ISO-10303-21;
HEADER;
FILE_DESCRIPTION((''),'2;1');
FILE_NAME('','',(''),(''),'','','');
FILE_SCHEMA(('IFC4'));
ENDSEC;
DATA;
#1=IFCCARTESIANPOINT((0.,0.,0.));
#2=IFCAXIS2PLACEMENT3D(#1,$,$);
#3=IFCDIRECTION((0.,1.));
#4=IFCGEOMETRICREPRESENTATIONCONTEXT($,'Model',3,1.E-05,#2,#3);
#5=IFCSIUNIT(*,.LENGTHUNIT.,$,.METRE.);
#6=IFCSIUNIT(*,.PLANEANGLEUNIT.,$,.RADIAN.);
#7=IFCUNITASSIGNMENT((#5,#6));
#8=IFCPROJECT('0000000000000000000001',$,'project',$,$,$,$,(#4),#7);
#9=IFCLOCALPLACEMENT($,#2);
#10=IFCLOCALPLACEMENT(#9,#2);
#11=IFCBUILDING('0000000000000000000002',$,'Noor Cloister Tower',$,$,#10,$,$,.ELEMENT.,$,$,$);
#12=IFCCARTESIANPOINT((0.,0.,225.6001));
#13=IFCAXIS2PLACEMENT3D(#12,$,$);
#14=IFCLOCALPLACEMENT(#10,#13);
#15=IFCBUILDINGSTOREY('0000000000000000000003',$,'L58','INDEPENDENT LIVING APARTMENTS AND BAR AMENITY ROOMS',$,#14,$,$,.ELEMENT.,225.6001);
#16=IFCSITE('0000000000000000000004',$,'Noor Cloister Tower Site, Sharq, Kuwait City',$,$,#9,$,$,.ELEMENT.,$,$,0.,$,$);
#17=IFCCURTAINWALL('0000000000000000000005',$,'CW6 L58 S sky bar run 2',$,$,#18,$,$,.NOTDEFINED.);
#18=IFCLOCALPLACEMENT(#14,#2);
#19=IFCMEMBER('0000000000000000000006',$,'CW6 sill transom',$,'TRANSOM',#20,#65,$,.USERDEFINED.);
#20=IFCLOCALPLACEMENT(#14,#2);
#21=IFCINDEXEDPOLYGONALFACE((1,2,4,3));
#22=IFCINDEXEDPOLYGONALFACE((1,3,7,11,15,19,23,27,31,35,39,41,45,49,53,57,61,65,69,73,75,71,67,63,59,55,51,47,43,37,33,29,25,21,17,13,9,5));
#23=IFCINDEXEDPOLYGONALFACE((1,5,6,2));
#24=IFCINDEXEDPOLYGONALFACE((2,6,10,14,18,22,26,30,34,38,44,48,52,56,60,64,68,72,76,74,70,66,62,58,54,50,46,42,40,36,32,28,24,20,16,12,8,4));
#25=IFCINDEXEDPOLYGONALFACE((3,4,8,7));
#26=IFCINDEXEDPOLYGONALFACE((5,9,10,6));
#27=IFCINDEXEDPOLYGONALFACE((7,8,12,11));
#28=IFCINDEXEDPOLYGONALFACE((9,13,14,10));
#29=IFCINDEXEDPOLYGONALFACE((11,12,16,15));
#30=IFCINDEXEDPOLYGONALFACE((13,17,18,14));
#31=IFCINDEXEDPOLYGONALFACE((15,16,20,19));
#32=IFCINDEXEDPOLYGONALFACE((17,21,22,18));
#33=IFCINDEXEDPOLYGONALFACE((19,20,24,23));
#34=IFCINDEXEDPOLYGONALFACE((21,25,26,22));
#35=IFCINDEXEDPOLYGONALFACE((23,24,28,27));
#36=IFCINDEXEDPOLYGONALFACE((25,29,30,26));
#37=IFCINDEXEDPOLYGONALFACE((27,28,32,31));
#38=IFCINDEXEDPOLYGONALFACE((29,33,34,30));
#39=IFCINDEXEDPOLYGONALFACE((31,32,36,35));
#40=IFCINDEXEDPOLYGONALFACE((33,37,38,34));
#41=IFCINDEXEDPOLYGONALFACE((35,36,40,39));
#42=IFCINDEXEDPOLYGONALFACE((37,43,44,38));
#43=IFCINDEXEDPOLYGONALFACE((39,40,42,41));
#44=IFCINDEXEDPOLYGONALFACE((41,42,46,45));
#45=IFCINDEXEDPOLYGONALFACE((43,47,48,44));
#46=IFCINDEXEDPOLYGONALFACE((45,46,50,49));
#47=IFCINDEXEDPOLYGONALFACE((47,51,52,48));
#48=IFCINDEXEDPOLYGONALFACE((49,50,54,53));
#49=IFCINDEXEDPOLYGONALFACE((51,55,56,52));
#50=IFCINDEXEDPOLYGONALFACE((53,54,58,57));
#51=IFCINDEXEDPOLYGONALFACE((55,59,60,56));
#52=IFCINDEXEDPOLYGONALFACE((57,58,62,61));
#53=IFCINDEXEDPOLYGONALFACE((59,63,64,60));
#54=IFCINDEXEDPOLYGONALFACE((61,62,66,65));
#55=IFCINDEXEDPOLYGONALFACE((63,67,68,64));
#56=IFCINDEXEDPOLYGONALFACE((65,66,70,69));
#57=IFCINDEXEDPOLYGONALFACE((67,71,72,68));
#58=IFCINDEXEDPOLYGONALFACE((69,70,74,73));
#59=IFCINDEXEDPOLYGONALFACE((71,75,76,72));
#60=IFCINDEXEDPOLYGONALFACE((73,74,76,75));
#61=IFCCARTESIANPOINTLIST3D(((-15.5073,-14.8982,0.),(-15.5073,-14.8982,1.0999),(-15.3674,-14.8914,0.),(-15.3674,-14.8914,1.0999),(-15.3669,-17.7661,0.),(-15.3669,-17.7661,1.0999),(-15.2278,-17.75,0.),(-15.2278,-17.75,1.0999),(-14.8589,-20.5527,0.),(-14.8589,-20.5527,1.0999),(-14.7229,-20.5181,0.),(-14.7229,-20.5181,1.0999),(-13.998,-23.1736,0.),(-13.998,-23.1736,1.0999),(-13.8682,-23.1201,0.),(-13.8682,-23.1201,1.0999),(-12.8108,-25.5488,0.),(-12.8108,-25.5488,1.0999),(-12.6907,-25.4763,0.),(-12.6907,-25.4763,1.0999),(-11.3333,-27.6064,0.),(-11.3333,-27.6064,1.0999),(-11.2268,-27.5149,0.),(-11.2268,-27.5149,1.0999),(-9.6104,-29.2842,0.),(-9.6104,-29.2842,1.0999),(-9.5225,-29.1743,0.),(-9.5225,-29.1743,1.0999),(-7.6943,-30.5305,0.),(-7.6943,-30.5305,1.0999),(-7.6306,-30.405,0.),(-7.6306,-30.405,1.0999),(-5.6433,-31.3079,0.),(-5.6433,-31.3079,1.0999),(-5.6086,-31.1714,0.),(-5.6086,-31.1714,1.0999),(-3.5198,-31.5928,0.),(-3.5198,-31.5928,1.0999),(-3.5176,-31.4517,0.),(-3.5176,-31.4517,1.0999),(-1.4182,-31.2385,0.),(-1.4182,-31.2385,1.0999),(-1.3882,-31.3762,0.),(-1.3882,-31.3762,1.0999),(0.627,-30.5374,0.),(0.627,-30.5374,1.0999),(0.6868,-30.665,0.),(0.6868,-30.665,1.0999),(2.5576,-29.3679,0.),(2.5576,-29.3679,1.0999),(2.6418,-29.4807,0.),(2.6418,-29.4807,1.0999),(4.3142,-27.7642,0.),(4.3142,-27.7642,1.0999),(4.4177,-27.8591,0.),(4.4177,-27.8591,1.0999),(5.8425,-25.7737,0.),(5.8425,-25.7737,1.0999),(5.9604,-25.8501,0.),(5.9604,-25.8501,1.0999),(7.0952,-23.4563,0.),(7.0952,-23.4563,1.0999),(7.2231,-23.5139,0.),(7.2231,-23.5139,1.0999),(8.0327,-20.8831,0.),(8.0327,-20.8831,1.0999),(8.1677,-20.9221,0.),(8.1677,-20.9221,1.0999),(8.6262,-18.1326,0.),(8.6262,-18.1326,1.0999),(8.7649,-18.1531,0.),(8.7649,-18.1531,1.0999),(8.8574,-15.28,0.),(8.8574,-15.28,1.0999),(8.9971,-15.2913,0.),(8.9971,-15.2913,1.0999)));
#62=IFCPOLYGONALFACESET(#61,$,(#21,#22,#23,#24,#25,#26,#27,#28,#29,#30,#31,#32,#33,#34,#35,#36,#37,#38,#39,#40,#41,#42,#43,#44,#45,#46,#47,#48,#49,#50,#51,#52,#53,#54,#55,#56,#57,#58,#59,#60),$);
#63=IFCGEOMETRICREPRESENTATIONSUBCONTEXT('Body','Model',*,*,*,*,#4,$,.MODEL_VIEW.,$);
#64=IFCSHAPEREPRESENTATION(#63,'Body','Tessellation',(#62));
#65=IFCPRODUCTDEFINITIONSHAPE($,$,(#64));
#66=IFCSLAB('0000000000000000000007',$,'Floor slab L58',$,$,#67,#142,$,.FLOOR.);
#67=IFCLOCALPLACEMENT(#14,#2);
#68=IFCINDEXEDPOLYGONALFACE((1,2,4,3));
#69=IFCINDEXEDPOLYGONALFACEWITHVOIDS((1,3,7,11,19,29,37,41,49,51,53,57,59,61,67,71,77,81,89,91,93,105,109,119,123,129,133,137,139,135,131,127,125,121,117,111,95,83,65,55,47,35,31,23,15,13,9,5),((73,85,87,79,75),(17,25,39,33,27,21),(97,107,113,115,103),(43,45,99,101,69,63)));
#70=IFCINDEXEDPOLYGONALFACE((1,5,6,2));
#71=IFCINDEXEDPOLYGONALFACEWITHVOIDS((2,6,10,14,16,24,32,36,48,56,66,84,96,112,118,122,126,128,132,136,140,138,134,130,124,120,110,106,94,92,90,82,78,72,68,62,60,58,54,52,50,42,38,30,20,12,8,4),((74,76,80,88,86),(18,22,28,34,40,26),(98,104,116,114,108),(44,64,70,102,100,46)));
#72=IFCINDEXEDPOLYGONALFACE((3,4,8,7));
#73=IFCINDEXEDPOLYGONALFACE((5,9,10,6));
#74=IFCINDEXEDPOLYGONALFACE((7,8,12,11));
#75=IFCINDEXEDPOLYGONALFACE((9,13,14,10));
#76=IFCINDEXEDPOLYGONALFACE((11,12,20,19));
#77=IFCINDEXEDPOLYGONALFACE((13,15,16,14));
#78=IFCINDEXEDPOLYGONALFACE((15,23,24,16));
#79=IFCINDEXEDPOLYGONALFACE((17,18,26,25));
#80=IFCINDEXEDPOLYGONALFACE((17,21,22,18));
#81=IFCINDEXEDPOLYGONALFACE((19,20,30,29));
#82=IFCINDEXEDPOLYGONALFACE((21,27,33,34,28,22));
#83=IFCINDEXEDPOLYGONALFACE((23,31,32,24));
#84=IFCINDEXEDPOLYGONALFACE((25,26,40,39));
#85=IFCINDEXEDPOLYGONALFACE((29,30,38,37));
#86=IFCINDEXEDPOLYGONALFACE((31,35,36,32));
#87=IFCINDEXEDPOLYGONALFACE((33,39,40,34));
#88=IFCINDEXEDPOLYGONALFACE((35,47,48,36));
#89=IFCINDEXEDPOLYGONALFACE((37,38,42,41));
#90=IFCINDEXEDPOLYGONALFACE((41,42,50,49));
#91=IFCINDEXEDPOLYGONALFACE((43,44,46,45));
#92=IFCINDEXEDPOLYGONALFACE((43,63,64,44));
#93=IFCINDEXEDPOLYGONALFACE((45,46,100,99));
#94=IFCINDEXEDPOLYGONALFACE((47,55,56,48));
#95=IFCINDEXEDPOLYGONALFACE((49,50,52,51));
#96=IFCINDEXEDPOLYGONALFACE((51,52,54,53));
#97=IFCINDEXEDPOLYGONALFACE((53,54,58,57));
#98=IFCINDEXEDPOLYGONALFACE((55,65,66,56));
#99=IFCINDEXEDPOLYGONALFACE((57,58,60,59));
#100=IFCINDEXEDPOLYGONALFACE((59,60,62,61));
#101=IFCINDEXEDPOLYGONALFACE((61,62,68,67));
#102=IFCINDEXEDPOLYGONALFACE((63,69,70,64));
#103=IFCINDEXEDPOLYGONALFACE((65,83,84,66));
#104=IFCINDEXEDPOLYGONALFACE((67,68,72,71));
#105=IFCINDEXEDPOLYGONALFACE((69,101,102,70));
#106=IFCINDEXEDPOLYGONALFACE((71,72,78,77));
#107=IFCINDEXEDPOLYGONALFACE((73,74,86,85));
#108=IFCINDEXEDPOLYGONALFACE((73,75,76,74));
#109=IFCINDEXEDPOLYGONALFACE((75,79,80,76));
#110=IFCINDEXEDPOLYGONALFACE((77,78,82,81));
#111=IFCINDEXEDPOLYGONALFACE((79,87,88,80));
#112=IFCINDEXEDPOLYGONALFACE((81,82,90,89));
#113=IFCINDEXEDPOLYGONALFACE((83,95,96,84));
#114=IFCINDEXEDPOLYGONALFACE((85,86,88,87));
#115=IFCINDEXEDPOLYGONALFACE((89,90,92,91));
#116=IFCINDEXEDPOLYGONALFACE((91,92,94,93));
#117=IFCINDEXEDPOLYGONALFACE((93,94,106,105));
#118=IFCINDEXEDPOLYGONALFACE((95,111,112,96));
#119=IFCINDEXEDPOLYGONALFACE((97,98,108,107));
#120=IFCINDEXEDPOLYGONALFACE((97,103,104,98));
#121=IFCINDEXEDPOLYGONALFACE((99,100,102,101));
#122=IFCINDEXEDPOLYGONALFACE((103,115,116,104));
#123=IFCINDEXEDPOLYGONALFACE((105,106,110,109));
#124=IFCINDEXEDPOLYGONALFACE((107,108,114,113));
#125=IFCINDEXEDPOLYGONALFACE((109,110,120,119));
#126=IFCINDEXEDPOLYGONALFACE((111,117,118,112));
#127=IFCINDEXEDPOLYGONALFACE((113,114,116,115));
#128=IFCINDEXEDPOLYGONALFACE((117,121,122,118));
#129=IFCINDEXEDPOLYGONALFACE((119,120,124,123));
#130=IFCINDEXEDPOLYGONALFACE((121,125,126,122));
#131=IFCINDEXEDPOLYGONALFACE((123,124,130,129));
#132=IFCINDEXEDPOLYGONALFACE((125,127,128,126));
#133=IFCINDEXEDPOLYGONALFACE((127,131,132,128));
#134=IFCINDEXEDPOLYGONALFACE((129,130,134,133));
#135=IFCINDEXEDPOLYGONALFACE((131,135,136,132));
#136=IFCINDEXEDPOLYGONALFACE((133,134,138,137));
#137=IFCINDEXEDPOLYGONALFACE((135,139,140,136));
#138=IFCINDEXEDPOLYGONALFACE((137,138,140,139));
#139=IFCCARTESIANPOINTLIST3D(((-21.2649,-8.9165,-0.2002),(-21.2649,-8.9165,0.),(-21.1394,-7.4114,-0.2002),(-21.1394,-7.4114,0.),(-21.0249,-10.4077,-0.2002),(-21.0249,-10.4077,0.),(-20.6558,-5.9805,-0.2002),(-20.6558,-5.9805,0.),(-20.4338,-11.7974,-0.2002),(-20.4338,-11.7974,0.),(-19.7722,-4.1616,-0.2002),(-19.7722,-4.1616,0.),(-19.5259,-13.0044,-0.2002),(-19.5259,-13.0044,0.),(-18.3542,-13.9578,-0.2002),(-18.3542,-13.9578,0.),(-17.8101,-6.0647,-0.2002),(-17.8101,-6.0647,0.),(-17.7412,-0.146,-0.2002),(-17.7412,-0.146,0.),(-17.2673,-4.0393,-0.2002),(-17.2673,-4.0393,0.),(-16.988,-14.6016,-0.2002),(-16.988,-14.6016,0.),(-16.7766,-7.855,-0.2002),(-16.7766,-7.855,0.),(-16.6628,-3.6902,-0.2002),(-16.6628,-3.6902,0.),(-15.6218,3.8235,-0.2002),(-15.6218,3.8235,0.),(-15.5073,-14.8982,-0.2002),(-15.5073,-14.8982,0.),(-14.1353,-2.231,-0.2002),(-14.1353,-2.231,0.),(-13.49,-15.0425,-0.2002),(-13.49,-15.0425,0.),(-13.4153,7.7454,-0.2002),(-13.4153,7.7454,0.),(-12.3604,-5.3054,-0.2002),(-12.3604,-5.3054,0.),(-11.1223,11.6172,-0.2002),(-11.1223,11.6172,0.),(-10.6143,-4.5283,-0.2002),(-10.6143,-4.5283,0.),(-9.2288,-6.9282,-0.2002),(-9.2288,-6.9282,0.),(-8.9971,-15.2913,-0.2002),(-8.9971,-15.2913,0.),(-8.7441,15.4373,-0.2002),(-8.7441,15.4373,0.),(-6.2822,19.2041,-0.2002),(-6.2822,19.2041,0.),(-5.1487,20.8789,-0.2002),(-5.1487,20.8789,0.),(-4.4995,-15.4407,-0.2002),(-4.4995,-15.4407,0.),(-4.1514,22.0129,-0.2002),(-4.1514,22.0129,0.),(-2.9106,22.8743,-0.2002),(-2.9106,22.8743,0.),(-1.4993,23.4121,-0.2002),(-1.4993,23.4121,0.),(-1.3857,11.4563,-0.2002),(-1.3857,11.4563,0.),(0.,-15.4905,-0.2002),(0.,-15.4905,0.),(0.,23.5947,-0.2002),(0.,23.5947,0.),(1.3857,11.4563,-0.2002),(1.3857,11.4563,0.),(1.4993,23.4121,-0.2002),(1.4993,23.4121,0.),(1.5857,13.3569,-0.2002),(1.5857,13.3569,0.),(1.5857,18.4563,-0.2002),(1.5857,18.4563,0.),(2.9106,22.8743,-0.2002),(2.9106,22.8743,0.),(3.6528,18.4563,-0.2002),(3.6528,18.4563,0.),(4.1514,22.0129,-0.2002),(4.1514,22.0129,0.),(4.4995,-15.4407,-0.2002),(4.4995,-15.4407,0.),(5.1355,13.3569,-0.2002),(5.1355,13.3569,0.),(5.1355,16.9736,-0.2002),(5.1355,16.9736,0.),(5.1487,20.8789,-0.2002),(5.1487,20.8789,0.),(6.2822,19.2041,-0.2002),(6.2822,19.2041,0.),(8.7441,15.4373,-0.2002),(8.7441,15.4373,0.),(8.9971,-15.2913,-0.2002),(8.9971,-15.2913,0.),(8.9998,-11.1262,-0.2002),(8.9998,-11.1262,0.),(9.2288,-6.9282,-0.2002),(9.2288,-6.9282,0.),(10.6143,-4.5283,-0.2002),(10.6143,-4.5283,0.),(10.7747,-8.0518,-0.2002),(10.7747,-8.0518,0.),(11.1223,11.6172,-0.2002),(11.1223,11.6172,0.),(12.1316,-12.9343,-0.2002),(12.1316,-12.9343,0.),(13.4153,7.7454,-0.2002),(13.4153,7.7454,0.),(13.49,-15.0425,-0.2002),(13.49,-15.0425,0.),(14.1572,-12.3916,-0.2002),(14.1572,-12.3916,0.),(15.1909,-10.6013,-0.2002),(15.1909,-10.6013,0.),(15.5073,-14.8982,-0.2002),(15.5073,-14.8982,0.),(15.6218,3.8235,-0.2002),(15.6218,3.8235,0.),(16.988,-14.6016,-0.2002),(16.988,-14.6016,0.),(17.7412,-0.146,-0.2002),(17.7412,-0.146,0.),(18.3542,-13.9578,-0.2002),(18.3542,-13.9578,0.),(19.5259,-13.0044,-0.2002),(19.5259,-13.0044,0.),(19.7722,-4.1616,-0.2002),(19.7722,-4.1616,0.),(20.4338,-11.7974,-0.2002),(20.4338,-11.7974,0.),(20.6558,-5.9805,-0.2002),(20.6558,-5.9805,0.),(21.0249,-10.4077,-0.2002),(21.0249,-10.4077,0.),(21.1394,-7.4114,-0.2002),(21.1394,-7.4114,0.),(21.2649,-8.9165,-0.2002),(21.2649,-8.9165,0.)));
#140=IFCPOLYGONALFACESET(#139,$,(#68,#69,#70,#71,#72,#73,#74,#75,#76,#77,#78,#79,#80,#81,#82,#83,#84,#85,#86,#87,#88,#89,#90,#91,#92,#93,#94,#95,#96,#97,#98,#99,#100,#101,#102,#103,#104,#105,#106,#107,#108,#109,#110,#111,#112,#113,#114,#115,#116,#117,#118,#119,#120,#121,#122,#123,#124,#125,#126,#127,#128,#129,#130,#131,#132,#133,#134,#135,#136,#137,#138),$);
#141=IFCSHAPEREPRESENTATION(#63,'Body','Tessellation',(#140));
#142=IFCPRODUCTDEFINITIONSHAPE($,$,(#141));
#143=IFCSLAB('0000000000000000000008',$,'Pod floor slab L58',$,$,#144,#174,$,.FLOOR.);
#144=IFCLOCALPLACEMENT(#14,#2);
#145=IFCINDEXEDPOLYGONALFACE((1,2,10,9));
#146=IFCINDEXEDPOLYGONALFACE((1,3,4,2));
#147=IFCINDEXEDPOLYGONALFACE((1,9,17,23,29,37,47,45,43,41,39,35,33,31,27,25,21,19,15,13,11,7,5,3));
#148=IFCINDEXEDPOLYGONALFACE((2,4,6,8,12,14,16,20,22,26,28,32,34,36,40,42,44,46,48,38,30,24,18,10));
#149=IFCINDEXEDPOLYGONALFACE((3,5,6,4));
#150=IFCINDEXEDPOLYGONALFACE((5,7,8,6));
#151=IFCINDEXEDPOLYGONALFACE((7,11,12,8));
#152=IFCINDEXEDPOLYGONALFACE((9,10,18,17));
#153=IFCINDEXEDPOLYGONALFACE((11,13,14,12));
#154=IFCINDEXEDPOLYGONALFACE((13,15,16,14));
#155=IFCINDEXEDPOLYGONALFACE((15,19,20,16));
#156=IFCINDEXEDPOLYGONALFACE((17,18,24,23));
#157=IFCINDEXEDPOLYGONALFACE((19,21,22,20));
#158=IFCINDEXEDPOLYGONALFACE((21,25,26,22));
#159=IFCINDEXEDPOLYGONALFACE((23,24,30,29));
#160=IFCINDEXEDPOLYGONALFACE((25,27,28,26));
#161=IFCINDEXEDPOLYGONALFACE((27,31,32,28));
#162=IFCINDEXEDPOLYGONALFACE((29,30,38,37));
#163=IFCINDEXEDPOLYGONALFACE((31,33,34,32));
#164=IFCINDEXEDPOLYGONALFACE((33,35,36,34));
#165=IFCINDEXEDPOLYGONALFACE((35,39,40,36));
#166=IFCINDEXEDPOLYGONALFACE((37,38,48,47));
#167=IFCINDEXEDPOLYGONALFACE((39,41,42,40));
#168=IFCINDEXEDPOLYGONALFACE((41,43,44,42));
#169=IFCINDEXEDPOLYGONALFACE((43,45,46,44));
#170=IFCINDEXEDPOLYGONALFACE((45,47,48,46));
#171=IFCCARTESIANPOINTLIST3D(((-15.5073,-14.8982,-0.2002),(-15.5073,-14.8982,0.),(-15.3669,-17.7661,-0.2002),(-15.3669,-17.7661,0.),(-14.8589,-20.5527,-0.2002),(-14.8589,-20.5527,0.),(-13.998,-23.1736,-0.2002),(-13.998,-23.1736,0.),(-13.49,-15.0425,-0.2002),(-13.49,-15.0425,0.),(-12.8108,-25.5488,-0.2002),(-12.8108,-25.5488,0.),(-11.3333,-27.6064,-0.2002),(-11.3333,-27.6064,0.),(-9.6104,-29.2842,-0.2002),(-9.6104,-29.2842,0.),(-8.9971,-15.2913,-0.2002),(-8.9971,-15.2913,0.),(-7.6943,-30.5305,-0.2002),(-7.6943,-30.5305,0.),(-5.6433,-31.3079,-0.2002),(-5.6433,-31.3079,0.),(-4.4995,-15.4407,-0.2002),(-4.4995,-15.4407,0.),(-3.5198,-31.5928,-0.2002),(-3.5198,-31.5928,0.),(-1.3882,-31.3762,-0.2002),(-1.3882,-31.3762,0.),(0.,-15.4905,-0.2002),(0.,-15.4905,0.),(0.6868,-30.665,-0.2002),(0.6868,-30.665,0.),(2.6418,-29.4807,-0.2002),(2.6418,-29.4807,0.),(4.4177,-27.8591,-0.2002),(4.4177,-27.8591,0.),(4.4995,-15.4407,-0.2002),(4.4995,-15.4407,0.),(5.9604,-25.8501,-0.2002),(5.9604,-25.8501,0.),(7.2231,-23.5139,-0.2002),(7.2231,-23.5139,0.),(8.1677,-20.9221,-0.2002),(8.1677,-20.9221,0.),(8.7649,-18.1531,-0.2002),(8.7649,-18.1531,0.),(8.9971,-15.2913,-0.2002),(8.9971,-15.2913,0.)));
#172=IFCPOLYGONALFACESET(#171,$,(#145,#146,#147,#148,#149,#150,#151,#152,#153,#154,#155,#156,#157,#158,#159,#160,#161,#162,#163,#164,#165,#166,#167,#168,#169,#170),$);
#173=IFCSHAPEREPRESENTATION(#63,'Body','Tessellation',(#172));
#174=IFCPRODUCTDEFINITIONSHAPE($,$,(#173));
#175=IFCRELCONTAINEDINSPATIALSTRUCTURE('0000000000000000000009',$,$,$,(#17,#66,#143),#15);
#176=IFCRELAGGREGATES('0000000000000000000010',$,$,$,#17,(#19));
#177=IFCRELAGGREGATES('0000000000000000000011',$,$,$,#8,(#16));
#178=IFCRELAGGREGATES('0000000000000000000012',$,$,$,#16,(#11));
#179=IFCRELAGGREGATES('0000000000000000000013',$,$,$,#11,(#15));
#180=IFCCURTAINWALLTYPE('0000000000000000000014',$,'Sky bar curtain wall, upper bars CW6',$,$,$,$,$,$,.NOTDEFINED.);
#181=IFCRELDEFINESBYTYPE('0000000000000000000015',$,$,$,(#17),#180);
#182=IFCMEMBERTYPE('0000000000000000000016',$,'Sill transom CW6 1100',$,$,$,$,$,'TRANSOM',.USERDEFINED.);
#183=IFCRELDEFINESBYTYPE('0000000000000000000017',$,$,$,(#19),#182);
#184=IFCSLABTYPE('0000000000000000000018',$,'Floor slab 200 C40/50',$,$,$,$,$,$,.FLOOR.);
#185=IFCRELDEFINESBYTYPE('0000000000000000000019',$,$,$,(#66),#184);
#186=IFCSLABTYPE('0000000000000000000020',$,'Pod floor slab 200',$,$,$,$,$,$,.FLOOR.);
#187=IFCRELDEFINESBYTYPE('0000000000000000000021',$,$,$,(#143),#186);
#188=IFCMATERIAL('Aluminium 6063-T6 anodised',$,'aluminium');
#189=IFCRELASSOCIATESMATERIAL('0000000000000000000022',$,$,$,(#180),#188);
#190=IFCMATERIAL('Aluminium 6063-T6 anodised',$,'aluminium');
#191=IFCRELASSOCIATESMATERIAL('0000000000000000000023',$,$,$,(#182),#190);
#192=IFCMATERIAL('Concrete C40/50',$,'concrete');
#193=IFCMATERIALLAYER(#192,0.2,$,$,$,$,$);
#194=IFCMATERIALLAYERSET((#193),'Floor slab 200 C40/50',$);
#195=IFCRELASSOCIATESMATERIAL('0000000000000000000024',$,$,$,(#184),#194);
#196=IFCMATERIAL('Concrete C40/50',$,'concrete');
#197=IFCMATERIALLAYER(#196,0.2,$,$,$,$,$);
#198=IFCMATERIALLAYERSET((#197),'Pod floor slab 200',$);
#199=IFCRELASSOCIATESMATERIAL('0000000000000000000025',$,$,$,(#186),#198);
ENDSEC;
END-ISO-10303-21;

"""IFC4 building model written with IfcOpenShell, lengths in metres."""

from ifc_helpers import new_model, si_unit, direction, frame, origin, place, context, subcontext, project, spatial, polyline, outline, extrude, material, layer, layer_set, type_object, element, aggregate, save


model = new_model("IFC4")

# Units and contexts
model_context = context("Model", 3, precision=1e-05, world=origin(), true_north=direction((0.0, 1.0)))
body_context = subcontext(model_context, "Body", "Model", "MODEL_VIEW")
ifc_project = project(units=[si_unit("LENGTHUNIT", "METRE"), si_unit("PLANEANGLEUNIT", "RADIAN")], contexts=[model_context])

# Site, building, storey
site_placement = place(None, origin())
site = spatial("IfcSite", under=ifc_project, at=site_placement, Name="Noor Cloister Tower Site, Sharq, Kuwait City", CompositionType="ELEMENT", RefElevation=0.0)
building_placement = place(site_placement, origin())
building = spatial("IfcBuilding", under=site, at=building_placement, Name="Noor Cloister Tower", CompositionType="ELEMENT")
storey_placement = place(building_placement, frame((0.0, 0.0, 225.6001)))
storey = spatial("IfcBuildingStorey", under=building, at=storey_placement, Name="L58", Description="INDEPENDENT LIVING APARTMENTS AND BAR AMENITY ROOMS", CompositionType="ELEMENT", Elevation=225.6001)

# Curtain wall
ifc_material_1 = material(Name="Aluminium 6063-T6 anodised", Category="aluminium")
curtain_wall_type_1 = type_object("IfcCurtainWallType", Name="Sky bar curtain wall, upper bars CW6", PredefinedType="NOTDEFINED", material=ifc_material_1)
curtain_wall_1_placement = place(storey_placement, origin())
curtain_wall_1 = element("IfcCurtainWall", 1, at=curtain_wall_1_placement, inside=storey, type_object=curtain_wall_type_1, Name="CW6 L58 S sky bar run 2", PredefinedType="NOTDEFINED")

# Member
ifc_material_2 = material(Name="Aluminium 6063-T6 anodised", Category="aluminium")
member_type_1 = type_object("IfcMemberType", Name="Sill transom CW6 1100", ElementType="TRANSOM", PredefinedType="USERDEFINED", material=ifc_material_2)
member_1_placement = place(storey_placement, origin())
member_1 = element("IfcMember", 2, at=member_1_placement, type_object=member_type_1, Name="CW6 sill transom", ObjectType="TRANSOM", PredefinedType="USERDEFINED", context=body_context, shape_type="SweptSolid", body=[
    extrude(outline(polyline([(-15.5073, -14.8982), (-15.3669, -17.7661), (-14.8589, -20.5527), (-13.998, -23.1736), (-12.8108, -25.5488), (-11.3333, -27.6064), (-9.6104, -29.2842), (-7.6943, -30.5305), (-5.6433, -31.3079), (-3.5198, -31.5928), (-1.3882, -31.3762), (0.6868, -30.665), (2.6418, -29.4807), (4.4177, -27.8591), (5.9604, -25.8501), (7.2231, -23.5139), (8.1677, -20.9221), (8.7649, -18.1531), (8.9971, -15.2913), (8.8574, -15.28), (8.6262, -18.1326), (8.0327, -20.8831), (7.0952, -23.4563), (5.8425, -25.7737), (4.3142, -27.7642), (2.5576, -29.3679), (0.627, -30.5374), (-1.4182, -31.2385), (-3.5176, -31.4517), (-5.6086, -31.1714), (-7.6306, -30.405), (-9.5225, -29.1743), (-11.2268, -27.5149), (-12.6907, -25.4763), (-13.8682, -23.1201), (-14.7229, -20.5181), (-15.2278, -17.75), (-15.3674, -14.8914), (-15.5073, -14.8982)])), origin(), (0.0, 0.0, 1.0), 1.0999),
])
aggregate(curtain_wall_1, [member_1])

# Slabs
ifc_material_3 = material(Name="Concrete C40/50", Category="concrete")
ifc_layer_1 = layer(ifc_material_3, 0.2)
ifc_layer_set_1 = layer_set([ifc_layer_1], Name="Floor slab 200 C40/50")
slab_type_1 = type_object("IfcSlabType", Name="Floor slab 200 C40/50", PredefinedType="FLOOR", material=ifc_layer_set_1)
slab_1_placement = place(storey_placement, frame((0.0, 0.0, -0.2002)))
element("IfcSlab", 3, at=slab_1_placement, inside=storey, type_object=slab_type_1, Name="Floor slab L58", PredefinedType="FLOOR", context=body_context, shape_type="SweptSolid", body=[
    extrude(outline(polyline([(5.1487, 20.8789), (4.1514, 22.0129), (2.9106, 22.8743), (1.4993, 23.4121), (0.0, 23.5947), (-1.4993, 23.4121), (-2.9106, 22.8743), (-4.1514, 22.0129), (-5.1487, 20.8789), (-6.2822, 19.2041), (-8.7441, 15.4373), (-11.1223, 11.6172), (-13.4153, 7.7454), (-15.6218, 3.8235), (-17.7412, -0.146), (-19.7722, -4.1616), (-20.6558, -5.9805), (-21.1394, -7.4114), (-21.2649, -8.9165), (-21.0249, -10.4077), (-20.4338, -11.7974), (-19.5259, -13.0044), (-18.3542, -13.9578), (-16.988, -14.6016), (-15.5073, -14.8982), (-13.49, -15.0425), (-8.9971, -15.2913), (-4.4995, -15.4407), (0.0, -15.4905), (4.4995, -15.4407), (8.9971, -15.2913), (13.49, -15.0425), (15.5073, -14.8982), (16.988, -14.6016), (18.3542, -13.9578), (19.5259, -13.0044), (20.4338, -11.7974), (21.0249, -10.4077), (21.2649, -8.9165), (21.1394, -7.4114), (20.6558, -5.9805), (19.7722, -4.1616), (17.7412, -0.146), (15.6218, 3.8235), (13.4153, 7.7454), (11.1223, 11.6172), (8.7441, 15.4373), (6.2822, 19.2041), (5.1487, 20.8789)]), holes=[polyline([(8.9998, -11.1262), (12.1316, -12.9343), (14.1572, -12.3916), (15.1909, -10.6013), (10.7747, -8.0518), (8.9998, -11.1262)]), polyline([(-17.8101, -6.0647), (-16.7766, -7.855), (-12.3604, -5.3054), (-14.1353, -2.231), (-16.6628, -3.6902), (-17.2673, -4.0393), (-17.8101, -6.0647)]), polyline([(-10.6143, -4.5283), (-9.2288, -6.9282), (9.2288, -6.9282), (10.6143, -4.5283), (1.3857, 11.4563), (-1.3857, 11.4563), (-10.6143, -4.5283)]), polyline([(3.6528, 18.4563), (1.5857, 18.4563), (1.5857, 13.3569), (5.1355, 13.3569), (5.1355, 16.9736), (3.6528, 18.4563)])]), origin(), (0.0, 0.0, 1.0), 0.2002),
])
ifc_material_4 = material(Name="Concrete C40/50", Category="concrete")
ifc_layer_2 = layer(ifc_material_4, 0.2)
ifc_layer_set_2 = layer_set([ifc_layer_2], Name="Pod floor slab 200")
slab_type_2 = type_object("IfcSlabType", Name="Pod floor slab 200", PredefinedType="FLOOR", material=ifc_layer_set_2)
slab_2_placement = place(storey_placement, frame((0.0, 0.0, -0.2002)))
element("IfcSlab", 4, at=slab_2_placement, inside=storey, type_object=slab_type_2, Name="Pod floor slab L58", PredefinedType="FLOOR", context=body_context, shape_type="SweptSolid", body=[
    extrude(outline(polyline([(-15.5073, -14.8982), (-15.3669, -17.7661), (-14.8589, -20.5527), (-13.998, -23.1736), (-12.8108, -25.5488), (-11.3333, -27.6064), (-9.6104, -29.2842), (-7.6943, -30.5305), (-5.6433, -31.3079), (-3.5198, -31.5928), (-1.3882, -31.3762), (0.6868, -30.665), (2.6418, -29.4807), (4.4177, -27.8591), (5.9604, -25.8501), (7.2231, -23.5139), (8.1677, -20.9221), (8.7649, -18.1531), (8.9971, -15.2913), (4.4995, -15.4407), (0.0, -15.4905), (-4.4995, -15.4407), (-8.9971, -15.2913), (-13.49, -15.0425), (-15.5073, -14.8982)])), origin(), (0.0, 0.0, 1.0), 0.2002),
])

save(model, "model.ifc")
